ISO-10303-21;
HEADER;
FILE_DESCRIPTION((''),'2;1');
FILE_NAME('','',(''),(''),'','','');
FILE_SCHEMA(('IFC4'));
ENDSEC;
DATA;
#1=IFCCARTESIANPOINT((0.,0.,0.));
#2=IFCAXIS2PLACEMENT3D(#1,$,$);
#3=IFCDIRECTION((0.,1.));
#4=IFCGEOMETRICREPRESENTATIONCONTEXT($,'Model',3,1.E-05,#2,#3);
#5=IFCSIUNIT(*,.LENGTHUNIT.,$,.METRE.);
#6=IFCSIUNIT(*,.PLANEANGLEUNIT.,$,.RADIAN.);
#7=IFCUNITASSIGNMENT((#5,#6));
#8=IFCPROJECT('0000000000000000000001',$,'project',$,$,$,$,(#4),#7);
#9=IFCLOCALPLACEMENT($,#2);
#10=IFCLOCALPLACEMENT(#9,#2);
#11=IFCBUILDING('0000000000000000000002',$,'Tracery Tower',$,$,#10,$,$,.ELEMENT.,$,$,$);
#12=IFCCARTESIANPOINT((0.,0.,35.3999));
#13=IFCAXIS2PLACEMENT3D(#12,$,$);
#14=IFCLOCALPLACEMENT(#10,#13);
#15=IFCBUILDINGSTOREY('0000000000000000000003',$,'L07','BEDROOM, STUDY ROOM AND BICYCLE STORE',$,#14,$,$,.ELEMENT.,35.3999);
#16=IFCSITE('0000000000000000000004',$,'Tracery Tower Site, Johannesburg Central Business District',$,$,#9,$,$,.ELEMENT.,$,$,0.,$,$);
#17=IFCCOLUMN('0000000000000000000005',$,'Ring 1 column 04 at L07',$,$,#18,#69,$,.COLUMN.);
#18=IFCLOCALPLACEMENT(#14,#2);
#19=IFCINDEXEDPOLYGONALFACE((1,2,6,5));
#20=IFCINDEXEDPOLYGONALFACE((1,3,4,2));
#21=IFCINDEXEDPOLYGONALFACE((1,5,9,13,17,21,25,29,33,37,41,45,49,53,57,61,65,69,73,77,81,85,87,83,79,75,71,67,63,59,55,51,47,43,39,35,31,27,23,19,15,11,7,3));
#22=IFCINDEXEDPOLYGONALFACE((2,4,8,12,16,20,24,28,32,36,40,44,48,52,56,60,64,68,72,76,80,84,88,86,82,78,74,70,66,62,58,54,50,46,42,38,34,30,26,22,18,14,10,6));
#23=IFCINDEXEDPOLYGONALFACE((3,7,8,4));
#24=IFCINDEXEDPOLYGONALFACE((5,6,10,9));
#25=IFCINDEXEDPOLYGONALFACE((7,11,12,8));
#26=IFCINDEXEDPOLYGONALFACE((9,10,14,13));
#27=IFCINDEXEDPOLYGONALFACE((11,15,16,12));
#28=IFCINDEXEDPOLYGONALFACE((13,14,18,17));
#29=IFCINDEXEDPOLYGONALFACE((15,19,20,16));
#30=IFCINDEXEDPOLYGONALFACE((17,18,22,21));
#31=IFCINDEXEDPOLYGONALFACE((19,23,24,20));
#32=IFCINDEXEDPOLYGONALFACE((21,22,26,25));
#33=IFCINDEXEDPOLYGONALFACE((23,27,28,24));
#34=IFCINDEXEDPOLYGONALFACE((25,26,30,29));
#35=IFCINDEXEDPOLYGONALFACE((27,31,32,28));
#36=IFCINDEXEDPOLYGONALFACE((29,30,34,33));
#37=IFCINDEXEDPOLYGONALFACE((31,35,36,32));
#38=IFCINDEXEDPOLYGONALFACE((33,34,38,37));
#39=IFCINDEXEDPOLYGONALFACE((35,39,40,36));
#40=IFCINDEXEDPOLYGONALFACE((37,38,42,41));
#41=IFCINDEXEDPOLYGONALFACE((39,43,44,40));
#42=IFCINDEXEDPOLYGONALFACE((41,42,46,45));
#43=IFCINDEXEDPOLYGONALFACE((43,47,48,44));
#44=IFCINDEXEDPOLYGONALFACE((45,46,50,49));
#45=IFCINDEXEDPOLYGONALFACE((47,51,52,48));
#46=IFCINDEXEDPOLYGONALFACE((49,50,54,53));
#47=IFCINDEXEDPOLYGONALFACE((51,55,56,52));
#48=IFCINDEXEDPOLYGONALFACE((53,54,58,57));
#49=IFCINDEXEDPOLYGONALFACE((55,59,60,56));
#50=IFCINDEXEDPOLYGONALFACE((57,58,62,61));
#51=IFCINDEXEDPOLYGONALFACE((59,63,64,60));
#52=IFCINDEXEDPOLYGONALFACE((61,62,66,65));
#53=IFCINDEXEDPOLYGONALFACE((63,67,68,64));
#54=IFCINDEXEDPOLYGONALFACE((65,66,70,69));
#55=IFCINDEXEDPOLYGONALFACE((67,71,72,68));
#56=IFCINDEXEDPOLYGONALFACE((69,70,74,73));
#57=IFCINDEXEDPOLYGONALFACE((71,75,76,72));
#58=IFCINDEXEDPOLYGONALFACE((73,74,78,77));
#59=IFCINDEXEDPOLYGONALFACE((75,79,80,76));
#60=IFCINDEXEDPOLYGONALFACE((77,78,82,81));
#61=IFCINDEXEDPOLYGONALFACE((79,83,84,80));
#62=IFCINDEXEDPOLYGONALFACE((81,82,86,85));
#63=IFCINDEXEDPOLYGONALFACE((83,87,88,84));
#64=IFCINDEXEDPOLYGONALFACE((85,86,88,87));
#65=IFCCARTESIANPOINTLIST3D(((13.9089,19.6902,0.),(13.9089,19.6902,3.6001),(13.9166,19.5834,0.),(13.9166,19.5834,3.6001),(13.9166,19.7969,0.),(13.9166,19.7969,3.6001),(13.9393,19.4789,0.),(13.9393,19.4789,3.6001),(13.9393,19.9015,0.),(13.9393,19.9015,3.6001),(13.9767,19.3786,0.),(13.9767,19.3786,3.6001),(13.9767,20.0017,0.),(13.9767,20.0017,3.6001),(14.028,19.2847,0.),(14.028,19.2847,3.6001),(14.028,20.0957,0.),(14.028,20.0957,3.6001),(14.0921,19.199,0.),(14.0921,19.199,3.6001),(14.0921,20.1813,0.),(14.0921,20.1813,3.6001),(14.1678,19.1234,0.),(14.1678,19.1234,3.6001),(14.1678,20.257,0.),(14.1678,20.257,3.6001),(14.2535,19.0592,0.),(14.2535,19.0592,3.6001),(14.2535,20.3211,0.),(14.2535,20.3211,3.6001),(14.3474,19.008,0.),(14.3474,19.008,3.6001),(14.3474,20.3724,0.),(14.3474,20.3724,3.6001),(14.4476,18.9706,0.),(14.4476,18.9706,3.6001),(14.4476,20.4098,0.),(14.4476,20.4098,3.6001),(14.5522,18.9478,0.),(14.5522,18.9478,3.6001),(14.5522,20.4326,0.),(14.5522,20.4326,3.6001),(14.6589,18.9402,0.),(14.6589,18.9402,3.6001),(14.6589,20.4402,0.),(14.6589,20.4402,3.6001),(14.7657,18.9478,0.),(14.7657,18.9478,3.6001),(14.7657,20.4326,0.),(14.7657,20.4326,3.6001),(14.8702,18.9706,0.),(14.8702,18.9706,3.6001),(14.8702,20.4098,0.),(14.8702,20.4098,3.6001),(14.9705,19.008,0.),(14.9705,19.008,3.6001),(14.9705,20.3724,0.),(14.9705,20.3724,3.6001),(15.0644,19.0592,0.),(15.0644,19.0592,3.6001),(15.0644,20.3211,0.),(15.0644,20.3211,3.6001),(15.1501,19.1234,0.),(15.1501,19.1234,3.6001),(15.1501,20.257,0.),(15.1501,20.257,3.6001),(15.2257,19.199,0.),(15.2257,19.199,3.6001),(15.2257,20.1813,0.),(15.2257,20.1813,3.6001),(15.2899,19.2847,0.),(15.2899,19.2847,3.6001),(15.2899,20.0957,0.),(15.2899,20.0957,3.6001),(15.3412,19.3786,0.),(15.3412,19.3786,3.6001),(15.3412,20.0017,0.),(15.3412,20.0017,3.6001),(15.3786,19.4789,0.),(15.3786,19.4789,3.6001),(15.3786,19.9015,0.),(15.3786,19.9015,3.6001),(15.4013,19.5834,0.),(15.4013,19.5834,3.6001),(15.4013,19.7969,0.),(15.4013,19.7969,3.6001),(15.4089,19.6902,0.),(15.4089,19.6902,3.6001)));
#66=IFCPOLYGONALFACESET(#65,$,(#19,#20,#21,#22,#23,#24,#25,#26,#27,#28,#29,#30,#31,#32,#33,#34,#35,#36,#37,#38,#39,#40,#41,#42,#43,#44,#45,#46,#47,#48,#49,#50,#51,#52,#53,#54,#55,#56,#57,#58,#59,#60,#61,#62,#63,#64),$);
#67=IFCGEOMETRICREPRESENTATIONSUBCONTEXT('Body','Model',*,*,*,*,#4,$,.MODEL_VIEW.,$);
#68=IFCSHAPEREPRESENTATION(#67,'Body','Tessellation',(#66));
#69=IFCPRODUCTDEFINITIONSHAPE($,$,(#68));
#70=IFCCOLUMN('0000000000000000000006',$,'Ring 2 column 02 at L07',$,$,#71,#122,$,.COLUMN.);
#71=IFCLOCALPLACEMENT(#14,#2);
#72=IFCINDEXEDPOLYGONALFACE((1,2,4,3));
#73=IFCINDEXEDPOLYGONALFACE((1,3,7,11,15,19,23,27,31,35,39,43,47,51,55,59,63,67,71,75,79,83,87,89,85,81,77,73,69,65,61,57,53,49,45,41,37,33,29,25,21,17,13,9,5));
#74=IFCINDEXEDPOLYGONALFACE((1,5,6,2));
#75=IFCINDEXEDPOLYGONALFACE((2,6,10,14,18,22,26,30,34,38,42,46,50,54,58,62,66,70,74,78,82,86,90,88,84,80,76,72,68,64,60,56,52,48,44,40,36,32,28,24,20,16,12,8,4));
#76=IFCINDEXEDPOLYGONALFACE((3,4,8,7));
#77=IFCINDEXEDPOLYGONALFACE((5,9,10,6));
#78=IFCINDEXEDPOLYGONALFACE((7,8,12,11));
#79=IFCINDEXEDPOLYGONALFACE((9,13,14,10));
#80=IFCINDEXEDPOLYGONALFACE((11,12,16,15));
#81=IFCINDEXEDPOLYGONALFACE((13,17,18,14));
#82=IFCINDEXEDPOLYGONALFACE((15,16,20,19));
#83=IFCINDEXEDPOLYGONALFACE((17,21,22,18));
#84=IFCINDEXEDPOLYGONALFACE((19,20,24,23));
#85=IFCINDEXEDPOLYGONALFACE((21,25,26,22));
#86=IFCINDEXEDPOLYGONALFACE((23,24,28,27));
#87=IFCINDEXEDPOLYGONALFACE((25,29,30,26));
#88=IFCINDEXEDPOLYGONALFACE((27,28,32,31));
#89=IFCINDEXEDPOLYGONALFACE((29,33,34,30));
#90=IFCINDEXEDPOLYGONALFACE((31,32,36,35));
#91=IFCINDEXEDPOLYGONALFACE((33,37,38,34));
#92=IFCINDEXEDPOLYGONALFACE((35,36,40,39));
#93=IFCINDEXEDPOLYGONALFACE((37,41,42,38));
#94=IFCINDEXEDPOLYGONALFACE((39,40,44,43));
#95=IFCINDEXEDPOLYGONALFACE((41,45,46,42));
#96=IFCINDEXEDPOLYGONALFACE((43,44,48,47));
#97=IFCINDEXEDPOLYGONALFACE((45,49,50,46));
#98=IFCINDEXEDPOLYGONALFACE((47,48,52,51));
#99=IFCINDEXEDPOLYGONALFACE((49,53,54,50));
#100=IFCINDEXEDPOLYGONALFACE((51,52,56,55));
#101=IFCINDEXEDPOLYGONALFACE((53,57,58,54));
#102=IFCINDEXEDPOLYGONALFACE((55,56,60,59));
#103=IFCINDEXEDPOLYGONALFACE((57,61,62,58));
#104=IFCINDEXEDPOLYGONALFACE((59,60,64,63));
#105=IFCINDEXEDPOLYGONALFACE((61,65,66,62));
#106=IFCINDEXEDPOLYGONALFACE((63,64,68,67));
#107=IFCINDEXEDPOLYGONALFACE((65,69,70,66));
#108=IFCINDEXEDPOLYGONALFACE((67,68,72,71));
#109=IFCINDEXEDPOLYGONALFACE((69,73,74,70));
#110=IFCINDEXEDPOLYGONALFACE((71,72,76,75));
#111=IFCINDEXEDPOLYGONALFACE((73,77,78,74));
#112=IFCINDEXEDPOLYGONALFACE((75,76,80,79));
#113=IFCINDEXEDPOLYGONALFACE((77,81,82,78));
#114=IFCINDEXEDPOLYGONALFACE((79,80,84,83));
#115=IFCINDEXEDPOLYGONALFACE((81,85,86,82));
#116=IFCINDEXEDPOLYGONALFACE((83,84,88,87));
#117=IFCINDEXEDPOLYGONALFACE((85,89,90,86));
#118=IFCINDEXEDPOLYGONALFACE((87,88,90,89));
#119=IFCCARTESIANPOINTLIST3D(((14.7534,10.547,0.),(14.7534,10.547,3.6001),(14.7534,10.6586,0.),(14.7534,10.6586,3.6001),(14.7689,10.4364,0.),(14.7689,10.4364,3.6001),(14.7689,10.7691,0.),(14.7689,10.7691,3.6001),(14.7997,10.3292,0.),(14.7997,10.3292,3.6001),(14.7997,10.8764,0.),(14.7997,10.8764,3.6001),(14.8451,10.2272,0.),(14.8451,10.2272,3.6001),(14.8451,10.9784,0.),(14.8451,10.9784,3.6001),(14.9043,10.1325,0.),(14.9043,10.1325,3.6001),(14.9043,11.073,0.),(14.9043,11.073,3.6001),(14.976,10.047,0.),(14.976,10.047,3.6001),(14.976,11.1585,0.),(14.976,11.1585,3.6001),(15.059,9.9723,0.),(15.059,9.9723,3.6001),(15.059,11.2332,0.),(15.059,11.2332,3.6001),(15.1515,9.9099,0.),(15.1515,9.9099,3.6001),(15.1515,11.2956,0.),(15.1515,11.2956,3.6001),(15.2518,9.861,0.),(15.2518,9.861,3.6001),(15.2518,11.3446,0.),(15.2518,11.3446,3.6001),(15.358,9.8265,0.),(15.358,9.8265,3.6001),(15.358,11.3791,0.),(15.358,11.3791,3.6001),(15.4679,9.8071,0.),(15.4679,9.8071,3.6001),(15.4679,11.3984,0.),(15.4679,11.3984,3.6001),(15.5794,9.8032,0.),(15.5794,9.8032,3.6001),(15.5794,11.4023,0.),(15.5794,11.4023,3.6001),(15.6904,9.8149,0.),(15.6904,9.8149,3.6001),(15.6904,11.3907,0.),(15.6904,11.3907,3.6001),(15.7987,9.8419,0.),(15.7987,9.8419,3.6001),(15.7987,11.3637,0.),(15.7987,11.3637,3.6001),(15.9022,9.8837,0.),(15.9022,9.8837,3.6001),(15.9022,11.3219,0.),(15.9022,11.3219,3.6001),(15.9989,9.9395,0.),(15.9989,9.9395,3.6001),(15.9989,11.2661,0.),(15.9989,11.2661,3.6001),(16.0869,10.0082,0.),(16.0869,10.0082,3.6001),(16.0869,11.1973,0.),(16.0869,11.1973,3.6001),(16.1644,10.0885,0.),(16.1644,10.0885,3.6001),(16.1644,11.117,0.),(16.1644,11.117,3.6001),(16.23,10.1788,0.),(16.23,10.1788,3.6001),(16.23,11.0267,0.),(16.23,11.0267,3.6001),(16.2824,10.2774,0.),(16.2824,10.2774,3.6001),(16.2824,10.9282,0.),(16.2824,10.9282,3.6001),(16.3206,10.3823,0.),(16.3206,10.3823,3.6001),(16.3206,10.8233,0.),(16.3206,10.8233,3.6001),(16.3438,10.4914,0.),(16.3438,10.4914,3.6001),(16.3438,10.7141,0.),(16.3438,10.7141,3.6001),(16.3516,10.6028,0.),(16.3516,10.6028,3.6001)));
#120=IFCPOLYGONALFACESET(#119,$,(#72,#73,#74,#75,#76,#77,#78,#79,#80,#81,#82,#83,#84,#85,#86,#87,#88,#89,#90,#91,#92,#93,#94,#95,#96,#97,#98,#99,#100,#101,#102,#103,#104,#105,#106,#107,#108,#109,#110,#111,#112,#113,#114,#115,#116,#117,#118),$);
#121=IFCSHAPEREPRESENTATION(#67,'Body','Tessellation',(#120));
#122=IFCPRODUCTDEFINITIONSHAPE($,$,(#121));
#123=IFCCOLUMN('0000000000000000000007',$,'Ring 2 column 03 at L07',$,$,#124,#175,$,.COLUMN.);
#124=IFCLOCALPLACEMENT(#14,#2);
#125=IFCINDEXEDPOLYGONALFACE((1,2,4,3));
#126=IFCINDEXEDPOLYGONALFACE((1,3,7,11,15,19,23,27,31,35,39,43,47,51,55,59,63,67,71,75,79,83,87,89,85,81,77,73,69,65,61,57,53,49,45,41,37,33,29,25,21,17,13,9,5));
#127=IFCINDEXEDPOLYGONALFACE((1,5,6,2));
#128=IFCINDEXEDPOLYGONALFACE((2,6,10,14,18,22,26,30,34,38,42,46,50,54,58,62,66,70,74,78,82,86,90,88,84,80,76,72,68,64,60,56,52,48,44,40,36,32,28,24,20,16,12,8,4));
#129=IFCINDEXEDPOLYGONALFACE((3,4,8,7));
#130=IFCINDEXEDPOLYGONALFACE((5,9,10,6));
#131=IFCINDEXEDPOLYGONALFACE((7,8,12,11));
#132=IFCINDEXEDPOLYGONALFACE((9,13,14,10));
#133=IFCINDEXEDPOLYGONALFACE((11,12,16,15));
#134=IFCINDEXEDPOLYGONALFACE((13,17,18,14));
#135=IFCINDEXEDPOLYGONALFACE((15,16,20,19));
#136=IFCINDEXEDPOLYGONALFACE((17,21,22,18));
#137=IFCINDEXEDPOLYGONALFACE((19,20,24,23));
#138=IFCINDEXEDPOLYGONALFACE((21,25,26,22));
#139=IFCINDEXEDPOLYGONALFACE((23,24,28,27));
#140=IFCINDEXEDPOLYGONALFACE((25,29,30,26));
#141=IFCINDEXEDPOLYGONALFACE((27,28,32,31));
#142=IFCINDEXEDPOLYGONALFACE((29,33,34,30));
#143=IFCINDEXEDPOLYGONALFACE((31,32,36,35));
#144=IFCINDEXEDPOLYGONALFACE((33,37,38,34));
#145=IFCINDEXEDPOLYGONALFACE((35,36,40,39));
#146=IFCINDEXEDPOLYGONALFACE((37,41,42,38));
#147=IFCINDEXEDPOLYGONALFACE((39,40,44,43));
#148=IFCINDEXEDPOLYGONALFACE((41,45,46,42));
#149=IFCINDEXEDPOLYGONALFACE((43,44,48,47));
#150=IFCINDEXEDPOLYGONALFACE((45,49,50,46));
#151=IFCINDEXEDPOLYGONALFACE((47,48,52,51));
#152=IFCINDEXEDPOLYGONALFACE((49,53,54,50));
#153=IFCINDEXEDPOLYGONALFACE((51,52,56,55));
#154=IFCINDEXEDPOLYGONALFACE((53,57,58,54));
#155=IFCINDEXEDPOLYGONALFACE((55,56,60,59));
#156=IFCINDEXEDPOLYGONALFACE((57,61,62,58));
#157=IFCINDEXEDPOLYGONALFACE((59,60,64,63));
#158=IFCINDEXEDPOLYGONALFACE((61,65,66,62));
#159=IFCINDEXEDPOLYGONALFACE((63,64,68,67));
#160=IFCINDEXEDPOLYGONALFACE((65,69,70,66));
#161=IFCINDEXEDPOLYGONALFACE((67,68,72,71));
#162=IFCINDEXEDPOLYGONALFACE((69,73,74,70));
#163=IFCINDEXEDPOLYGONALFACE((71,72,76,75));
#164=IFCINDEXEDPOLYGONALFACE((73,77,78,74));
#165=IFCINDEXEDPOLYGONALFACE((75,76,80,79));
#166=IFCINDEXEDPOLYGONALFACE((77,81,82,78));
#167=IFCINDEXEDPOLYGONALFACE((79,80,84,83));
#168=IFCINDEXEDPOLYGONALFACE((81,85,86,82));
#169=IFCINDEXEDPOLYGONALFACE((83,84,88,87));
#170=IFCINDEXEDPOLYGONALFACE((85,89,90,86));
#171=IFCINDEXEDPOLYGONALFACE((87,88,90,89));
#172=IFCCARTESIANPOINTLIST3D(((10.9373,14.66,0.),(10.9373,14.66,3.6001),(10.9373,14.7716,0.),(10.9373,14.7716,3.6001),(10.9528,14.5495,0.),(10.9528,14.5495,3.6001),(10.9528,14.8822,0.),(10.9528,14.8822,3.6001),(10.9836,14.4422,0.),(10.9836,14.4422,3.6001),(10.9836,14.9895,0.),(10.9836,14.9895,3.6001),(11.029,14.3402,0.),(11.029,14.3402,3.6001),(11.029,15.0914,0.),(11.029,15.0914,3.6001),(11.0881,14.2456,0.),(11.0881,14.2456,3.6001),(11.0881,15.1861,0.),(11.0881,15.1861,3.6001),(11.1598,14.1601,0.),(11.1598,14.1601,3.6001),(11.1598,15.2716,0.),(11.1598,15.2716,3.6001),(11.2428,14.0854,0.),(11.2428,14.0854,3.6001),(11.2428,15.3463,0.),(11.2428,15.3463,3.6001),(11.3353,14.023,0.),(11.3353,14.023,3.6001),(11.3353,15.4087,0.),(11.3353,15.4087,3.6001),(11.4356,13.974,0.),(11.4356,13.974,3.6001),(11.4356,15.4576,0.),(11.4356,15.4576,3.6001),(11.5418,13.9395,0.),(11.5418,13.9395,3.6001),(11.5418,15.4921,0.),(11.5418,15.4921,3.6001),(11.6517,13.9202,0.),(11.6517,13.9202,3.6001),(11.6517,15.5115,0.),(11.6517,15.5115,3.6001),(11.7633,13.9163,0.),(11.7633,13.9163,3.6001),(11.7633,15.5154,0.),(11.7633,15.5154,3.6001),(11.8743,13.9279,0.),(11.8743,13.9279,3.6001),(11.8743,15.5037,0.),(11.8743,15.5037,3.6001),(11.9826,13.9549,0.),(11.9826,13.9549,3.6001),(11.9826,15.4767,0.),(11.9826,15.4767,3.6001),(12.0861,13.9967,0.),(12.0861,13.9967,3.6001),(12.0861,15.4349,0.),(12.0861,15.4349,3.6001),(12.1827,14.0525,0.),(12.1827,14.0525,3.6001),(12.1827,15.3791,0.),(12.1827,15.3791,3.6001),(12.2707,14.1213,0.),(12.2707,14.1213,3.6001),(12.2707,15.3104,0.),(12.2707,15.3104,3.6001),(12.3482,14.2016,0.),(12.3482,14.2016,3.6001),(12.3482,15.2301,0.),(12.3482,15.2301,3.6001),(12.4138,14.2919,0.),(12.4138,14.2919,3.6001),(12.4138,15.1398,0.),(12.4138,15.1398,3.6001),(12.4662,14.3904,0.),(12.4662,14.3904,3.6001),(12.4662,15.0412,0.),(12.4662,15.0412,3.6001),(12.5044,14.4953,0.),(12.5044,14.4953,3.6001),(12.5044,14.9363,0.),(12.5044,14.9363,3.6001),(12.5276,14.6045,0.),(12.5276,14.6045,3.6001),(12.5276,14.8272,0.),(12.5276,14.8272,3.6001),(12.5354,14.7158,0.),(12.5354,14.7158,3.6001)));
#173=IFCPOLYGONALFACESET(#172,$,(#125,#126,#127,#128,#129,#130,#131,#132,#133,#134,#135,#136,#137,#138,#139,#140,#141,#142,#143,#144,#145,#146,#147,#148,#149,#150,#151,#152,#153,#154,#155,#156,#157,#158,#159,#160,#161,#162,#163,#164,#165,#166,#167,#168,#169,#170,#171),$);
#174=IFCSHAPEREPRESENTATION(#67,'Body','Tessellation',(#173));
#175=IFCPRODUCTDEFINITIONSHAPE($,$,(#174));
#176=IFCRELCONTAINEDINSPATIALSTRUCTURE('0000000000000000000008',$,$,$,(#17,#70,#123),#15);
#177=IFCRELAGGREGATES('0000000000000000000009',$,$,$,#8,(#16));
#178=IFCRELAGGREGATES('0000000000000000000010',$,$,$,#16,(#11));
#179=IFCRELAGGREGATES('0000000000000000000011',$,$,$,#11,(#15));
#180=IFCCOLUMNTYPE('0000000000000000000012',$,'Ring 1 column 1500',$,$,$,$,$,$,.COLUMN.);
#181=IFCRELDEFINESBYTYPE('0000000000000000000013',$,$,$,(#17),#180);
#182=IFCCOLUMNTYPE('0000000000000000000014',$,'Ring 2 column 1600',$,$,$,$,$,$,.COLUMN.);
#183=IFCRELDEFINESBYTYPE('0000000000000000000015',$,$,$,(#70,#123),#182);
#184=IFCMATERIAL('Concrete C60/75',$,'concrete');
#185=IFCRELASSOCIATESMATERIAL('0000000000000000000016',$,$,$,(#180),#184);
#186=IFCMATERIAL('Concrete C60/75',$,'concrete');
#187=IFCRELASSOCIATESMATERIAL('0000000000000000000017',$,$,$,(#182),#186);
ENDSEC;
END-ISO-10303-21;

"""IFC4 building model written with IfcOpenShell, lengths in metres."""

from ifc_helpers import new_model, si_unit, direction, frame, origin, origin_2d, place, context, subcontext, project, spatial, circle, extrude, material, material_profile, profile_set, type_object, element, save


model = new_model("IFC4")

# Units and contexts
model_context = context("Model", 3, precision=1e-05, world=origin(), true_north=direction((0.0, 1.0)))
body_context = subcontext(model_context, "Body", "Model", "MODEL_VIEW")
ifc_project = project(units=[si_unit("LENGTHUNIT", "METRE"), si_unit("PLANEANGLEUNIT", "RADIAN")], contexts=[model_context])

# Site, building, storey
site_placement = place(None, origin())
site = spatial("IfcSite", under=ifc_project, at=site_placement, Name="Tracery Tower Site, Johannesburg Central Business District", CompositionType="ELEMENT", RefElevation=0.0)
building_placement = place(site_placement, origin())
building = spatial("IfcBuilding", under=site, at=building_placement, Name="Tracery Tower", CompositionType="ELEMENT")
storey_placement = place(building_placement, frame((0.0, 0.0, 35.3999)))
storey = spatial("IfcBuildingStorey", under=building, at=storey_placement, Name="L07", Description="BEDROOM, STUDY ROOM AND BICYCLE STORE", CompositionType="ELEMENT", Elevation=35.3999)

# Columns
ifc_material_1 = material(Name="Concrete C60/75", Category="concrete")
ifc_material_profile_1 = material_profile(ifc_material_1, circle(Radius=0.75, at=origin_2d()), Name="RC D1500")
ifc_profile_set_1 = profile_set([ifc_material_profile_1], Name="Concrete C60/75")
column_type_1 = type_object("IfcColumnType", Name="Ring 1 column 1500", PredefinedType="COLUMN", material=ifc_profile_set_1)
column_placement = place(storey_placement, frame((14.6589, 19.6902, 0.0), z_axis=(0.0, 0.0, 1.0), x_axis=(1.0, 0.0, 0.0)))
element("IfcColumn", 1, at=column_placement, inside=storey, type_object=column_type_1, Name="Ring 1 column 04 at L07", PredefinedType="COLUMN", context=body_context, shape_type="SweptSolid", body=[
    extrude(circle(Radius=0.75, at=origin_2d()), origin(), (0.0, 0.0, 1.0), 3.6001),
])
ifc_material_2 = material(Name="Concrete C60/75", Category="concrete")
ifc_material_profile_2 = material_profile(ifc_material_2, circle(Radius=0.8, at=origin_2d()), Name="RC D1600")
ifc_profile_set_2 = profile_set([ifc_material_profile_2], Name="Concrete C60/75")
column_type_2 = type_object("IfcColumnType", Name="Ring 2 column 1600", PredefinedType="COLUMN", material=ifc_profile_set_2)
for number, where, z_axis, x_axis, name in (
    (2, (15.5515, 10.6028, 0.0), (0.0, 0.0, 1.0), (1.0, 0.0, 0.0), "Ring 2 column 02 at L07"),
    (3, (11.7354, 14.7158, 0.0), (0.0, 0.0, 1.0), (1.0, 0.0, 0.0), "Ring 2 column 03 at L07"),
):
    element("IfcColumn", number, at=place(storey_placement, frame(where, z_axis=z_axis, x_axis=x_axis)), inside=storey, type_object=column_type_2, Name=name, PredefinedType="COLUMN", context=body_context, shape_type="SweptSolid", body=[
        extrude(circle(Radius=0.8, at=origin_2d()), origin(), (0.0, 0.0, 1.0), 3.6001),
    ])

save(model, "model.ifc")
